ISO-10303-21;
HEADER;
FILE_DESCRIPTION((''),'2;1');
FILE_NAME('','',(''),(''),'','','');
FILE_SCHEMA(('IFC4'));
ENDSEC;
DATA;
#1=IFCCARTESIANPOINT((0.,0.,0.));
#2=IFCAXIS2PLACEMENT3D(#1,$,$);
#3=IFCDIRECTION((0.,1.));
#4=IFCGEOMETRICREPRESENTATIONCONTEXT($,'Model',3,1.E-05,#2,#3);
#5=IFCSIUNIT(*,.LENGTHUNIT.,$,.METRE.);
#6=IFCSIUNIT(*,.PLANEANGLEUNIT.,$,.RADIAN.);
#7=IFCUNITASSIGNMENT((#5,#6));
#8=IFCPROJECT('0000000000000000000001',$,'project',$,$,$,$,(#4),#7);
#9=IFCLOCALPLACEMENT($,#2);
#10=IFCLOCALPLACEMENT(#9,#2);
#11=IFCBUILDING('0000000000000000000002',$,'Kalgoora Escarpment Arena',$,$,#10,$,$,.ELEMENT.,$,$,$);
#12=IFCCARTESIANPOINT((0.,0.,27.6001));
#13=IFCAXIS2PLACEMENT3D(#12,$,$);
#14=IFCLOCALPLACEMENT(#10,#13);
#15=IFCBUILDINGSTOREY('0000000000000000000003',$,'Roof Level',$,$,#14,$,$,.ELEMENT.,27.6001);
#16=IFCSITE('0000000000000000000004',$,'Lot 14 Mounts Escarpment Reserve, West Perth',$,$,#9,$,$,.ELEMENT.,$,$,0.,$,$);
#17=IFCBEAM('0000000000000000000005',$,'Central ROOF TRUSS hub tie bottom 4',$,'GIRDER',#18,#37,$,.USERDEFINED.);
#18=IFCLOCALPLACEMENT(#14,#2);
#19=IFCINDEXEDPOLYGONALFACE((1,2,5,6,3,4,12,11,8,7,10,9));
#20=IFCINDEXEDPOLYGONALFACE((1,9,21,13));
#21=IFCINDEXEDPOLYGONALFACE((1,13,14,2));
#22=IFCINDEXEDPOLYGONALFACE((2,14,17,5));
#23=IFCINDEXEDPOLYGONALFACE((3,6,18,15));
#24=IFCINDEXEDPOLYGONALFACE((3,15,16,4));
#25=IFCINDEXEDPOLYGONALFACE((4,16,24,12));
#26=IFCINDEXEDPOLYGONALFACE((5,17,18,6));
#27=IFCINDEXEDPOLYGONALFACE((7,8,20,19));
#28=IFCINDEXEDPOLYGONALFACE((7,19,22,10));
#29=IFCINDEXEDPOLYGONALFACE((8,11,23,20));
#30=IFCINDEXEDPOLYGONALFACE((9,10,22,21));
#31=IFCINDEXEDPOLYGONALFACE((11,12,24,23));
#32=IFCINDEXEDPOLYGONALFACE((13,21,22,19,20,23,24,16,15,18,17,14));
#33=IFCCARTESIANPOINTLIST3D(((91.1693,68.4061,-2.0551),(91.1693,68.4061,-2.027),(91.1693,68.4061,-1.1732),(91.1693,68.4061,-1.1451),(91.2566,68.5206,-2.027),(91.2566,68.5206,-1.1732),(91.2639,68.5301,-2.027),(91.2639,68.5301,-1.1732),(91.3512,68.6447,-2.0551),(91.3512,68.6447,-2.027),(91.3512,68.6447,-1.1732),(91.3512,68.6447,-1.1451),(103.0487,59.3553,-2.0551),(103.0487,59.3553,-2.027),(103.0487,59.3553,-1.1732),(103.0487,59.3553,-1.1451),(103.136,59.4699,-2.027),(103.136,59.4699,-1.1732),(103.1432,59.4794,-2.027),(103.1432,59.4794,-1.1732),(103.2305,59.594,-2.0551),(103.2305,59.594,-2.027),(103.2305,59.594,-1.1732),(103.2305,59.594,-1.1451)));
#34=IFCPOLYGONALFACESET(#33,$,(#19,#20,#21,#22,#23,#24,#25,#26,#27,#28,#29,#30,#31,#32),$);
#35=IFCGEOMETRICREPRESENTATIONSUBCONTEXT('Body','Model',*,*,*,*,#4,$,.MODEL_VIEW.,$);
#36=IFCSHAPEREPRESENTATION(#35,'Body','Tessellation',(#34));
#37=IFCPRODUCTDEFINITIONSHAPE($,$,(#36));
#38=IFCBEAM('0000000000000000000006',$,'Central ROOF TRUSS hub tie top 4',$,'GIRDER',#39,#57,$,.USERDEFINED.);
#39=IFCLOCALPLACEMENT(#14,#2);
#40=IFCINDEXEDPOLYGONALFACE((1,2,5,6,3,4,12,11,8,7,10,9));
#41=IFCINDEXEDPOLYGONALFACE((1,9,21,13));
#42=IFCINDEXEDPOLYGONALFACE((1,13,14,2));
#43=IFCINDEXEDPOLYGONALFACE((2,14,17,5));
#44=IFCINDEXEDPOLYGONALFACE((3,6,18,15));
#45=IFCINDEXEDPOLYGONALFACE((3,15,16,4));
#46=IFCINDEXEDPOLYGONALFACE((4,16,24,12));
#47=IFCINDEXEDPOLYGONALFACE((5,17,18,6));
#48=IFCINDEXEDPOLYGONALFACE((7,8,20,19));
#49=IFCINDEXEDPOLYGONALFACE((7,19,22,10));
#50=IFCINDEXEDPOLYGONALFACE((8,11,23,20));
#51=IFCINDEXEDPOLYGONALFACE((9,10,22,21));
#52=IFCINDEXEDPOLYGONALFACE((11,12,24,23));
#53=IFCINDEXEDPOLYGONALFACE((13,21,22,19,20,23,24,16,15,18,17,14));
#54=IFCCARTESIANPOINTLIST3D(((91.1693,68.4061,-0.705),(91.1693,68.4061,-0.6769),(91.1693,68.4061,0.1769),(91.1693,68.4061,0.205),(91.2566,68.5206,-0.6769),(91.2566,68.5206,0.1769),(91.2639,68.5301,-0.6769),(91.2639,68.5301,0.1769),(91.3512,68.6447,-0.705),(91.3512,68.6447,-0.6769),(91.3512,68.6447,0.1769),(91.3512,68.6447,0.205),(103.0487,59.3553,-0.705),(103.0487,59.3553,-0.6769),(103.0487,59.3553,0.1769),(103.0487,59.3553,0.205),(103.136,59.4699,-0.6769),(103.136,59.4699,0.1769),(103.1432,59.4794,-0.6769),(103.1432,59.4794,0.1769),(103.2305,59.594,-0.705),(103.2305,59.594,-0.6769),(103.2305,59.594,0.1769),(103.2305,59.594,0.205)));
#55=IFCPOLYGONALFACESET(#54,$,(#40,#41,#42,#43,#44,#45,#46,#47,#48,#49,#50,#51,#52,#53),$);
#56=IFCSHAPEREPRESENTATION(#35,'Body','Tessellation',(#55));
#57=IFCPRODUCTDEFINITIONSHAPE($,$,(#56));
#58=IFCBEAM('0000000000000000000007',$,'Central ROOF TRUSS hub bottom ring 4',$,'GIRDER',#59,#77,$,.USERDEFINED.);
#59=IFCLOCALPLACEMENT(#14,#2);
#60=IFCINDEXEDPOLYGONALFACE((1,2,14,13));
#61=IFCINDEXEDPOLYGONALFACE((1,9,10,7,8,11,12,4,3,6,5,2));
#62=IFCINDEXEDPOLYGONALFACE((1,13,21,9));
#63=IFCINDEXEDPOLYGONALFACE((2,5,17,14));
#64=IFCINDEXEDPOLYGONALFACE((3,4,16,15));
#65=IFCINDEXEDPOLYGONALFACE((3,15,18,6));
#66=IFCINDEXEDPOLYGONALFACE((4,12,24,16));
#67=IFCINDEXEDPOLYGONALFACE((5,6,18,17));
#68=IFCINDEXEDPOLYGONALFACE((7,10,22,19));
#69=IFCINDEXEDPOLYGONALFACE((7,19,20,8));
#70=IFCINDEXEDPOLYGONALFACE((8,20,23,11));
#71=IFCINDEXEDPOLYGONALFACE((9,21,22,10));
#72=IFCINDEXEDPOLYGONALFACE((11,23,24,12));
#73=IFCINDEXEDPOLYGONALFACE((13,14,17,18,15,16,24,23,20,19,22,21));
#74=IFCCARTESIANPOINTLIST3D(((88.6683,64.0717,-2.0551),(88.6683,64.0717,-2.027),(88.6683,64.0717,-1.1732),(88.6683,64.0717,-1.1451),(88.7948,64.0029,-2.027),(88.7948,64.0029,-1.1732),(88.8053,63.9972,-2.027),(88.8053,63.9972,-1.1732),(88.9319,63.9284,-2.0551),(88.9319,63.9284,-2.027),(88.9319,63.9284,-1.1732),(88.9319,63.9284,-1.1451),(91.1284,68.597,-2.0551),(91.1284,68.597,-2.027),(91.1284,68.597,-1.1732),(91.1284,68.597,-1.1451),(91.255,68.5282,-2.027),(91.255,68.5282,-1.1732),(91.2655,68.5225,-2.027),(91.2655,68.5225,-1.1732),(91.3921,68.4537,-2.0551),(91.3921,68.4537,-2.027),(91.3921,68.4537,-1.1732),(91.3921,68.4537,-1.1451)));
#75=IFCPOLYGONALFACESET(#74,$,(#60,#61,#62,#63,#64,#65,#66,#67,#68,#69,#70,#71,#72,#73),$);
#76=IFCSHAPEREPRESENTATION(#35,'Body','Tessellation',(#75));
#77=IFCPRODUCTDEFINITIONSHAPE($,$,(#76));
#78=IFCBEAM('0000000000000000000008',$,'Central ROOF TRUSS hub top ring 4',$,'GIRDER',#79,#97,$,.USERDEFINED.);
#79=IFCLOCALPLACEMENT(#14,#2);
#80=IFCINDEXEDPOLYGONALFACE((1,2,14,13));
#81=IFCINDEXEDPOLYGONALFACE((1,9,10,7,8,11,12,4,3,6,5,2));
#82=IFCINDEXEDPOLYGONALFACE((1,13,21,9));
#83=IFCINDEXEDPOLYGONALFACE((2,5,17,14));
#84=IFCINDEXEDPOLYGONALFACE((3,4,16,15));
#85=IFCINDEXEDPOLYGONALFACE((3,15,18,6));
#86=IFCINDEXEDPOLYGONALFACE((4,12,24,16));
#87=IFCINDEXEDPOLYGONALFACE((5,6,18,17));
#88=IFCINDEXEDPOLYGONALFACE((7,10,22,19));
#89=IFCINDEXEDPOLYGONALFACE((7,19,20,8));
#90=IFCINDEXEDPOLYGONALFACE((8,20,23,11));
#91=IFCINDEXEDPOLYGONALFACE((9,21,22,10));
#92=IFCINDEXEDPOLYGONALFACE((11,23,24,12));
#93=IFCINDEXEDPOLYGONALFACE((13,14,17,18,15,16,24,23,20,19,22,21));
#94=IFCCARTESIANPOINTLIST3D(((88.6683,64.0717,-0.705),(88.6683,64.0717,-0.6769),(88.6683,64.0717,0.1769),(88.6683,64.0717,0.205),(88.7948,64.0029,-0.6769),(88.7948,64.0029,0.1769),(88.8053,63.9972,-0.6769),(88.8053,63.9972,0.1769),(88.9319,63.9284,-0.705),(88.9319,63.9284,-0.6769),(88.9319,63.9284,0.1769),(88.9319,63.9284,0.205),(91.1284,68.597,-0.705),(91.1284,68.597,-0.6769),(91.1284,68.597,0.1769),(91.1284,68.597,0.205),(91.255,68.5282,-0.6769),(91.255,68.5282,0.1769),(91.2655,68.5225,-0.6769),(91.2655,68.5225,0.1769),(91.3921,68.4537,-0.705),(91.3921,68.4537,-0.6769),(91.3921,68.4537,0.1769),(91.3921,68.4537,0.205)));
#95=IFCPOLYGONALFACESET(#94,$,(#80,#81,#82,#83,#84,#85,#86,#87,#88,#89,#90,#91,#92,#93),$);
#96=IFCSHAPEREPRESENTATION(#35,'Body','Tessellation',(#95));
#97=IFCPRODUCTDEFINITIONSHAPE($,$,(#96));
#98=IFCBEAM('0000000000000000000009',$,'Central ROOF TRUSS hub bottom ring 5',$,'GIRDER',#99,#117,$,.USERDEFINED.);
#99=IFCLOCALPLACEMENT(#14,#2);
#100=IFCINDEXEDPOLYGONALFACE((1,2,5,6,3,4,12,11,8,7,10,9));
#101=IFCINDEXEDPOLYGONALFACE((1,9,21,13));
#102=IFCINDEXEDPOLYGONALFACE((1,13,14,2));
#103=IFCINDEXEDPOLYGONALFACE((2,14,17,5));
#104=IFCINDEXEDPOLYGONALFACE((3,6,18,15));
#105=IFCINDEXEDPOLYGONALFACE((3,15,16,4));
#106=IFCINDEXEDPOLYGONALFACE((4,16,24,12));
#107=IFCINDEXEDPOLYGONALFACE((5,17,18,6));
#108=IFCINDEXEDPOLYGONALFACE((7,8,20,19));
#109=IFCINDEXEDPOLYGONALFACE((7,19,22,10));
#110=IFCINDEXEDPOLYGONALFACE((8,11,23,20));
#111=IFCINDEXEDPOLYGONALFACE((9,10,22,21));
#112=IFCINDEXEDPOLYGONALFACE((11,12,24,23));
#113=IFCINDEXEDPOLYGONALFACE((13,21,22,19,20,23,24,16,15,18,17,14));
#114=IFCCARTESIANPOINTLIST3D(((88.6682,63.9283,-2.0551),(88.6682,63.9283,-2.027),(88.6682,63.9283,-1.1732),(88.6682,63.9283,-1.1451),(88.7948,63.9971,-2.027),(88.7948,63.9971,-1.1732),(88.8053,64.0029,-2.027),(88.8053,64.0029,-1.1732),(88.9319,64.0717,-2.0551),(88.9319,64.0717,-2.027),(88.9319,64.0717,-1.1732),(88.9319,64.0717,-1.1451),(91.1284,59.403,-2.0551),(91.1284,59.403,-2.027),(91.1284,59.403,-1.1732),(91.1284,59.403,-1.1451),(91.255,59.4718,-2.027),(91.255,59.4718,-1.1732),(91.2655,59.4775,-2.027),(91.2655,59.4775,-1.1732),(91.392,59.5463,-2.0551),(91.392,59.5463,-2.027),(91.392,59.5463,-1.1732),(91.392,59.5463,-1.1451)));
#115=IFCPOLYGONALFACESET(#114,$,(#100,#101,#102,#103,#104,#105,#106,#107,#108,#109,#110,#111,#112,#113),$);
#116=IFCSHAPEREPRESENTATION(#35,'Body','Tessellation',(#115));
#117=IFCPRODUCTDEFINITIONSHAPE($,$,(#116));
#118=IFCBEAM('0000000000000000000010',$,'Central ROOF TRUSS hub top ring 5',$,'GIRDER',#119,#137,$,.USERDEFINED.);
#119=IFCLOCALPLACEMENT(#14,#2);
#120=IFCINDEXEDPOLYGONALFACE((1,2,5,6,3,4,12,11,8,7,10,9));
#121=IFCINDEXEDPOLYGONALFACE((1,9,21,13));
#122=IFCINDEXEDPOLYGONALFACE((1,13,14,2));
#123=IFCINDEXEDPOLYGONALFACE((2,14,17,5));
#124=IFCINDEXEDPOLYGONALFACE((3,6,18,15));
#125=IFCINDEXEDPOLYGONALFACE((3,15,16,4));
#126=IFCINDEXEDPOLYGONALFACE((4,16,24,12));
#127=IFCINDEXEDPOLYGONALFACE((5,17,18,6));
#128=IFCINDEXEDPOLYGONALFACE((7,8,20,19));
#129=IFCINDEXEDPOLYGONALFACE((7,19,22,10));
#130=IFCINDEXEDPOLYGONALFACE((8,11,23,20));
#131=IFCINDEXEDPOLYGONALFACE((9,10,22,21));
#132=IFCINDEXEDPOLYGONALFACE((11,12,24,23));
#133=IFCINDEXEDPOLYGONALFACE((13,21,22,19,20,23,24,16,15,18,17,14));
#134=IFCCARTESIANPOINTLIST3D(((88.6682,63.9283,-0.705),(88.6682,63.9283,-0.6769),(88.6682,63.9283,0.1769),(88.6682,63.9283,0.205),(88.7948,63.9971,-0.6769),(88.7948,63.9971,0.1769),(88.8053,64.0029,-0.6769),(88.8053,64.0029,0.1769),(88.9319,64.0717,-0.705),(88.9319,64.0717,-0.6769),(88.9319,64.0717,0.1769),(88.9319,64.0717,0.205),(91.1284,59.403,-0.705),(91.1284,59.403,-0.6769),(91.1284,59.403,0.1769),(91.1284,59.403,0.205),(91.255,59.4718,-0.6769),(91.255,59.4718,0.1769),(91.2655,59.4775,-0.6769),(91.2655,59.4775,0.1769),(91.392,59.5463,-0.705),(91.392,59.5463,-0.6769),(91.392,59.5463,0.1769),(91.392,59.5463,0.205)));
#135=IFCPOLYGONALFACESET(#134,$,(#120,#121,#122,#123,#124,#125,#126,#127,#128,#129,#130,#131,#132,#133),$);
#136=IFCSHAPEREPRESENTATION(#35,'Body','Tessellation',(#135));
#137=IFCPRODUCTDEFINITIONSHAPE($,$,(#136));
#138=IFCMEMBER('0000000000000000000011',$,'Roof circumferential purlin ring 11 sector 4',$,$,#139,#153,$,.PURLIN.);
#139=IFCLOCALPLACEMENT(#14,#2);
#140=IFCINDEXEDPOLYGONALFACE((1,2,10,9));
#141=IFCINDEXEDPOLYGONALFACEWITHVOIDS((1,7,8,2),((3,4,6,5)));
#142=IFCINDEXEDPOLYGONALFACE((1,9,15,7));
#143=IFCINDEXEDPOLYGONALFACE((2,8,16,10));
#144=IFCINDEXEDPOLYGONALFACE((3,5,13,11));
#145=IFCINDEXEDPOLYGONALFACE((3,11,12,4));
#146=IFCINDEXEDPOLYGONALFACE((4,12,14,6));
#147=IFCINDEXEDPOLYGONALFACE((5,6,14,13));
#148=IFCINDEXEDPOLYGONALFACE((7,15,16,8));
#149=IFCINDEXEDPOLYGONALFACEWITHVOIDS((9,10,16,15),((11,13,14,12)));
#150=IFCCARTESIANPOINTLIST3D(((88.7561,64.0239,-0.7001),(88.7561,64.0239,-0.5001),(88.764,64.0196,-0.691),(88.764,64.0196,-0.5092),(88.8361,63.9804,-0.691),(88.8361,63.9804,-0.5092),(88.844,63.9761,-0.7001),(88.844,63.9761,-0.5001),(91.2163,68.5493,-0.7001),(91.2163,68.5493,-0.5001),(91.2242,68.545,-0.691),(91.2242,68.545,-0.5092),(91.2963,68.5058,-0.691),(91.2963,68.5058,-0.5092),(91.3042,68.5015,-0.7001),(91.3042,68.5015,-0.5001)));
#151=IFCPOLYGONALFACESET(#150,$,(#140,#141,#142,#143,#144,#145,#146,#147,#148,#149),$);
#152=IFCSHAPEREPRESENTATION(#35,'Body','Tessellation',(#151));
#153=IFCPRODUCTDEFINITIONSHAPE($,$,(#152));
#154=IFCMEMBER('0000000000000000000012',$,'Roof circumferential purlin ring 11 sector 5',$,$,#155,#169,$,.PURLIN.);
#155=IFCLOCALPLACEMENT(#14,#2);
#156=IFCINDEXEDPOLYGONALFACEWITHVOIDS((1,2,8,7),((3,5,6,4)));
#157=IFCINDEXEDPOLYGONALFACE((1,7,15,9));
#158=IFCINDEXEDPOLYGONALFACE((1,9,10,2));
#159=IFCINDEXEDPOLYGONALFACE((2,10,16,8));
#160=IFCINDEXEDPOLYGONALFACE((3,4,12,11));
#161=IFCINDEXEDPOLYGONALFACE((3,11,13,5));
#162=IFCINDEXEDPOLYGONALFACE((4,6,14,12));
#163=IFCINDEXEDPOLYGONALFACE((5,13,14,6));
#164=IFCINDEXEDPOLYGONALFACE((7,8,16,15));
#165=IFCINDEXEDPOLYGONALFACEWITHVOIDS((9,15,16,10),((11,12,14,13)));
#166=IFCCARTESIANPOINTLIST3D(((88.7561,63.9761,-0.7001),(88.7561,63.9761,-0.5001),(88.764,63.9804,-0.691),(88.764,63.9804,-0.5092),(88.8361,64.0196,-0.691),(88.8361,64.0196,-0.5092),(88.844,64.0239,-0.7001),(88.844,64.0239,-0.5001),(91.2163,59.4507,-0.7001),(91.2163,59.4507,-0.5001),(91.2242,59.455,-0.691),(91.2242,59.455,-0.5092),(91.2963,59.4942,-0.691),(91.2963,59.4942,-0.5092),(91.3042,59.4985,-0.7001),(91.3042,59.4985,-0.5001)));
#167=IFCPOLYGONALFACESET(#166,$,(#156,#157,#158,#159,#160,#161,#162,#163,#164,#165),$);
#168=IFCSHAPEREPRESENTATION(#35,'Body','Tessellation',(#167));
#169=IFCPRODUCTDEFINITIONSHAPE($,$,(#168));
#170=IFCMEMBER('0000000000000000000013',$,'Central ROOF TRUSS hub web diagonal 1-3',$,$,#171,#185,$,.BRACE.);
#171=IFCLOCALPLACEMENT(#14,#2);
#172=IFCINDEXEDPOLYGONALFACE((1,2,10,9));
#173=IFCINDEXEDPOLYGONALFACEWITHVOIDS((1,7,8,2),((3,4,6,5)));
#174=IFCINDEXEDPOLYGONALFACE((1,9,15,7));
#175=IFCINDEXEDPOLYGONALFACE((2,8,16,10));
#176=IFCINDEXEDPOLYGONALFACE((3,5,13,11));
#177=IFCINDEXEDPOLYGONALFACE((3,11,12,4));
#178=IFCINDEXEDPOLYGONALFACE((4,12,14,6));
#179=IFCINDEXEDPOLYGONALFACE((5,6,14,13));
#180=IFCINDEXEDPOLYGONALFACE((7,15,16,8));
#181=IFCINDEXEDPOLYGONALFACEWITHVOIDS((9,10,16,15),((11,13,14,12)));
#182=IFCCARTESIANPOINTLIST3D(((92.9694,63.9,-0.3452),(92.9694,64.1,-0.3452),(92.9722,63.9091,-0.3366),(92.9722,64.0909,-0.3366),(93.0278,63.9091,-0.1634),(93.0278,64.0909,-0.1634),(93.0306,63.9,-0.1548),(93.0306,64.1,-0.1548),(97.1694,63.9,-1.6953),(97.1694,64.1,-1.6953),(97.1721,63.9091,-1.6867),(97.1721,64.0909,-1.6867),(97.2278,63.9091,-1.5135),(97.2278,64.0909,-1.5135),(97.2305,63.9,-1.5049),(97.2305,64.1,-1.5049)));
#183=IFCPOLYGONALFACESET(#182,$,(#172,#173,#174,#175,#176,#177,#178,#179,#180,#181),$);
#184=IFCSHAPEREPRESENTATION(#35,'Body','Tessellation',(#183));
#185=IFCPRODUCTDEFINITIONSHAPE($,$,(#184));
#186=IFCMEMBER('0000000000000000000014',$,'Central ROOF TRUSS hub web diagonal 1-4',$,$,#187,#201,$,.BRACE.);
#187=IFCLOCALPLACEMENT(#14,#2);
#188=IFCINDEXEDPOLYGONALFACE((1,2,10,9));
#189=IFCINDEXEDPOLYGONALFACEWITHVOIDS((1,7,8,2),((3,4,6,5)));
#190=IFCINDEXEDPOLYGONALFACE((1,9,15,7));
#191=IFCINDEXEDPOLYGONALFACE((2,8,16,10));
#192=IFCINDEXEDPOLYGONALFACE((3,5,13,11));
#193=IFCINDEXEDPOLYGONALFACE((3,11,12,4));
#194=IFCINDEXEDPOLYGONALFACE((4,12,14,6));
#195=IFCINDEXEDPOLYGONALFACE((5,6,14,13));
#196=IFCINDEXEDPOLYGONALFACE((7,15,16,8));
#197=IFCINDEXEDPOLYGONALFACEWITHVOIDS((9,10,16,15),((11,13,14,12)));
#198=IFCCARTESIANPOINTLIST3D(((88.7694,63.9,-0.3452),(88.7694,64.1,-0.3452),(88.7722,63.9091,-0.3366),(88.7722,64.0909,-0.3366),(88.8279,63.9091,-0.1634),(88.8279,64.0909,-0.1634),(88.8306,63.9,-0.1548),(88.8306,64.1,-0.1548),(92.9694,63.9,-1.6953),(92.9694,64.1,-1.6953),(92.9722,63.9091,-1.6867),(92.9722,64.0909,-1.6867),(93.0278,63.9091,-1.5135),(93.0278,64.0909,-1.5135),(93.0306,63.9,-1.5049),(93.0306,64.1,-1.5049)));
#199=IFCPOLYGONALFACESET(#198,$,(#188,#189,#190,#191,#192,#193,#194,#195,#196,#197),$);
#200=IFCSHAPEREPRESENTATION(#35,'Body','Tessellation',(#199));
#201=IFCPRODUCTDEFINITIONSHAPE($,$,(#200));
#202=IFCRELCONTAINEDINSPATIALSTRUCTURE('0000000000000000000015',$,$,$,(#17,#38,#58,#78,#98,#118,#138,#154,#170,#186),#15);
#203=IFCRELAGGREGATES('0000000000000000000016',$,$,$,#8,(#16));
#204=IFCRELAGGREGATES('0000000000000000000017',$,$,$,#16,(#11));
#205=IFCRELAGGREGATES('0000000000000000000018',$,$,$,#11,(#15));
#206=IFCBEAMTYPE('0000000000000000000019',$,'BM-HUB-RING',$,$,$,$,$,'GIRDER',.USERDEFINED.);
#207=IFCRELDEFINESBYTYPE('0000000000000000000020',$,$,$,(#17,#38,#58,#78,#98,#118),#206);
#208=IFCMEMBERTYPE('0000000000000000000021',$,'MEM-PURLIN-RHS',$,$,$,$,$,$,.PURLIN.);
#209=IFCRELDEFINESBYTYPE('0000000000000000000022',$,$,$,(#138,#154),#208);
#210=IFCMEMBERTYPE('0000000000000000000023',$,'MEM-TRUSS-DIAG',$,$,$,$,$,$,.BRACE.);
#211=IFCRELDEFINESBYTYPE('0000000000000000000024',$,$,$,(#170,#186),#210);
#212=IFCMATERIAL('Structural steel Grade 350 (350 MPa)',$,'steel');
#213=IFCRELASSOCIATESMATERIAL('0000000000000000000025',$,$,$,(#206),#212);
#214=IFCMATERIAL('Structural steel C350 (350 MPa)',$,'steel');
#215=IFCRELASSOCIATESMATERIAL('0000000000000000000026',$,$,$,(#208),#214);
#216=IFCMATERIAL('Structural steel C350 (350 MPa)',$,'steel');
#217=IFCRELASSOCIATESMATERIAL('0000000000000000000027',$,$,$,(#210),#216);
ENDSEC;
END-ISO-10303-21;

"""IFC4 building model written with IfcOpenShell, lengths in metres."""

from ifc_helpers import new_model, si_unit, direction, frame, origin, origin_2d, place, context, subcontext, project, spatial, hollow_rectangle, i_section, extrude, material, material_profile, profile_set, type_object, element, save


model = new_model("IFC4")

# Units and contexts
model_context = context("Model", 3, precision=1e-05, world=origin(), true_north=direction((0.0, 1.0)))
body_context = subcontext(model_context, "Body", "Model", "MODEL_VIEW")
ifc_project = project(units=[si_unit("LENGTHUNIT", "METRE"), si_unit("PLANEANGLEUNIT", "RADIAN")], contexts=[model_context])

# Site, building, storey
site_placement = place(None, origin())
site = spatial("IfcSite", under=ifc_project, at=site_placement, Name="Lot 14 Mounts Escarpment Reserve, West Perth", CompositionType="ELEMENT", RefElevation=0.0)
building_placement = place(site_placement, origin())
building = spatial("IfcBuilding", under=site, at=building_placement, Name="Kalgoora Escarpment Arena", CompositionType="ELEMENT")
storey_placement = place(building_placement, frame((0.0, 0.0, 27.6001)))
storey = spatial("IfcBuildingStorey", under=building, at=storey_placement, Name="Roof Level", CompositionType="ELEMENT", Elevation=27.6001)

# Beams
ifc_material_1 = material(Name="Structural steel Grade 350 (350 MPa)", Category="steel")
ifc_material_profile_1 = material_profile(ifc_material_1, i_section(OverallWidth=0.3, OverallDepth=0.9099, WebThickness=0.012, FlangeThickness=0.0281, at=origin_2d()))
ifc_profile_set_1 = profile_set([ifc_material_profile_1], Name="Structural steel Grade 350 (350 MPa)")
beam_type = type_object("IfcBeamType", Name="BM-HUB-RING", ElementType="GIRDER", PredefinedType="USERDEFINED", material=ifc_profile_set_1)
for number, where, z_axis, x_axis, name in (
    (1, (91.2603, 68.5254, -1.6001), (0.795438, -0.606035, 0.0), (0.606035, 0.795438, 0.0), "Central ROOF TRUSS hub tie bottom 4"),
    (2, (91.2603, 68.5254, -0.25), (0.795438, -0.606035, 0.0), (0.606035, 0.795438, 0.0), "Central ROOF TRUSS hub tie top 4"),
):
    element("IfcBeam", number, at=place(storey_placement, frame(where, z_axis=z_axis, x_axis=x_axis)), inside=storey, type_object=beam_type, Name=name, ObjectType="GIRDER", PredefinedType="USERDEFINED", context=body_context, shape_type="SweptSolid", body=[
        extrude(i_section(OverallWidth=0.3, OverallDepth=0.9099, WebThickness=0.012, FlangeThickness=0.0281, at=origin_2d()), origin(), (0.0, 0.0, 1.0), 14.9343),
    ])
for number, where, z_axis, x_axis, name in (
    (3, (91.2603, 68.5254, -1.6001), (-0.477626, -0.878563, 0.0), (0.878563, -0.477626, 0.0), "Central ROOF TRUSS hub bottom ring 4"),
    (4, (91.2603, 68.5254, -0.25), (-0.477626, -0.878563, 0.0), (0.878563, -0.477626, 0.0), "Central ROOF TRUSS hub top ring 4"),
    (5, (88.8, 64.0, -1.6001), (0.477626, -0.878563, 0.0), (0.878563, 0.477626, 0.0), "Central ROOF TRUSS hub bottom ring 5"),
    (6, (88.8, 64.0, -0.25), (0.477626, -0.878563, 0.0), (0.878563, 0.477626, 0.0), "Central ROOF TRUSS hub top ring 5"),
):
    element("IfcBeam", number, at=place(storey_placement, frame(where, z_axis=z_axis, x_axis=x_axis)), inside=storey, type_object=beam_type, Name=name, ObjectType="GIRDER", PredefinedType="USERDEFINED", context=body_context, shape_type="SweptSolid", body=[
        extrude(i_section(OverallWidth=0.3, OverallDepth=0.9099, WebThickness=0.012, FlangeThickness=0.0281, at=origin_2d()), origin(), (0.0, 0.0, 1.0), 5.1509),
    ])

# Members
ifc_material_2 = material(Name="Structural steel C350 (350 MPa)", Category="steel")
ifc_material_profile_2 = material_profile(ifc_material_2, hollow_rectangle(XDim=0.1001, YDim=0.2, WallThickness=0.009, at=origin_2d()))
ifc_profile_set_2 = profile_set([ifc_material_profile_2], Name="Structural steel C350 (350 MPa)")
member_type_1 = type_object("IfcMemberType", Name="MEM-PURLIN-RHS", PredefinedType="PURLIN", material=ifc_profile_set_2)
for number, where, z_axis, x_axis, name in (
    (7, (91.2603, 68.5254, -0.6001), (-0.477626, -0.878563, 0.0), (0.878563, -0.477626, 0.0), "Roof circumferential purlin ring 11 sector 4"),
    (8, (88.8, 64.0, -0.6001), (0.477626, -0.878563, 0.0), (0.878563, 0.477626, 0.0), "Roof circumferential purlin ring 11 sector 5"),
):
    element("IfcMember", number, at=place(storey_placement, frame(where, z_axis=z_axis, x_axis=x_axis)), inside=storey, type_object=member_type_1, Name=name, PredefinedType="PURLIN", context=body_context, shape_type="SweptSolid", body=[
        extrude(hollow_rectangle(XDim=0.1001, YDim=0.2, WallThickness=0.009, at=origin_2d()), origin(), (0.0, 0.0, 1.0), 5.1509),
    ])
ifc_material_3 = material(Name="Structural steel C350 (350 MPa)", Category="steel")
ifc_material_profile_3 = material_profile(ifc_material_3, hollow_rectangle(XDim=0.2, YDim=0.2, WallThickness=0.009, at=origin_2d()))
ifc_profile_set_3 = profile_set([ifc_material_profile_3], Name="Structural steel C350 (350 MPa)")
member_type_2 = type_object("IfcMemberType", Name="MEM-TRUSS-DIAG", PredefinedType="BRACE", material=ifc_profile_set_3)
for number, where, z_axis, x_axis, name in (
    (9, (97.2, 64.0, -1.6001), (-0.952021, 0.0, 0.306032), (0.0, -1.0, 0.0), "Central ROOF TRUSS hub web diagonal 1-3"),
    (10, (93.0, 64.0, -1.6001), (-0.952021, 0.0, 0.306032), (0.0, -1.0, 0.0), "Central ROOF TRUSS hub web diagonal 1-4"),
):
    element("IfcMember", number, at=place(storey_placement, frame(where, z_axis=z_axis, x_axis=x_axis)), inside=storey, type_object=member_type_2, Name=name, PredefinedType="BRACE", context=body_context, shape_type="SweptSolid", body=[
        extrude(hollow_rectangle(XDim=0.2, YDim=0.2, WallThickness=0.009, at=origin_2d()), origin(), (0.0, 0.0, 1.0), 4.4116),
    ])

save(model, "model.ifc")
